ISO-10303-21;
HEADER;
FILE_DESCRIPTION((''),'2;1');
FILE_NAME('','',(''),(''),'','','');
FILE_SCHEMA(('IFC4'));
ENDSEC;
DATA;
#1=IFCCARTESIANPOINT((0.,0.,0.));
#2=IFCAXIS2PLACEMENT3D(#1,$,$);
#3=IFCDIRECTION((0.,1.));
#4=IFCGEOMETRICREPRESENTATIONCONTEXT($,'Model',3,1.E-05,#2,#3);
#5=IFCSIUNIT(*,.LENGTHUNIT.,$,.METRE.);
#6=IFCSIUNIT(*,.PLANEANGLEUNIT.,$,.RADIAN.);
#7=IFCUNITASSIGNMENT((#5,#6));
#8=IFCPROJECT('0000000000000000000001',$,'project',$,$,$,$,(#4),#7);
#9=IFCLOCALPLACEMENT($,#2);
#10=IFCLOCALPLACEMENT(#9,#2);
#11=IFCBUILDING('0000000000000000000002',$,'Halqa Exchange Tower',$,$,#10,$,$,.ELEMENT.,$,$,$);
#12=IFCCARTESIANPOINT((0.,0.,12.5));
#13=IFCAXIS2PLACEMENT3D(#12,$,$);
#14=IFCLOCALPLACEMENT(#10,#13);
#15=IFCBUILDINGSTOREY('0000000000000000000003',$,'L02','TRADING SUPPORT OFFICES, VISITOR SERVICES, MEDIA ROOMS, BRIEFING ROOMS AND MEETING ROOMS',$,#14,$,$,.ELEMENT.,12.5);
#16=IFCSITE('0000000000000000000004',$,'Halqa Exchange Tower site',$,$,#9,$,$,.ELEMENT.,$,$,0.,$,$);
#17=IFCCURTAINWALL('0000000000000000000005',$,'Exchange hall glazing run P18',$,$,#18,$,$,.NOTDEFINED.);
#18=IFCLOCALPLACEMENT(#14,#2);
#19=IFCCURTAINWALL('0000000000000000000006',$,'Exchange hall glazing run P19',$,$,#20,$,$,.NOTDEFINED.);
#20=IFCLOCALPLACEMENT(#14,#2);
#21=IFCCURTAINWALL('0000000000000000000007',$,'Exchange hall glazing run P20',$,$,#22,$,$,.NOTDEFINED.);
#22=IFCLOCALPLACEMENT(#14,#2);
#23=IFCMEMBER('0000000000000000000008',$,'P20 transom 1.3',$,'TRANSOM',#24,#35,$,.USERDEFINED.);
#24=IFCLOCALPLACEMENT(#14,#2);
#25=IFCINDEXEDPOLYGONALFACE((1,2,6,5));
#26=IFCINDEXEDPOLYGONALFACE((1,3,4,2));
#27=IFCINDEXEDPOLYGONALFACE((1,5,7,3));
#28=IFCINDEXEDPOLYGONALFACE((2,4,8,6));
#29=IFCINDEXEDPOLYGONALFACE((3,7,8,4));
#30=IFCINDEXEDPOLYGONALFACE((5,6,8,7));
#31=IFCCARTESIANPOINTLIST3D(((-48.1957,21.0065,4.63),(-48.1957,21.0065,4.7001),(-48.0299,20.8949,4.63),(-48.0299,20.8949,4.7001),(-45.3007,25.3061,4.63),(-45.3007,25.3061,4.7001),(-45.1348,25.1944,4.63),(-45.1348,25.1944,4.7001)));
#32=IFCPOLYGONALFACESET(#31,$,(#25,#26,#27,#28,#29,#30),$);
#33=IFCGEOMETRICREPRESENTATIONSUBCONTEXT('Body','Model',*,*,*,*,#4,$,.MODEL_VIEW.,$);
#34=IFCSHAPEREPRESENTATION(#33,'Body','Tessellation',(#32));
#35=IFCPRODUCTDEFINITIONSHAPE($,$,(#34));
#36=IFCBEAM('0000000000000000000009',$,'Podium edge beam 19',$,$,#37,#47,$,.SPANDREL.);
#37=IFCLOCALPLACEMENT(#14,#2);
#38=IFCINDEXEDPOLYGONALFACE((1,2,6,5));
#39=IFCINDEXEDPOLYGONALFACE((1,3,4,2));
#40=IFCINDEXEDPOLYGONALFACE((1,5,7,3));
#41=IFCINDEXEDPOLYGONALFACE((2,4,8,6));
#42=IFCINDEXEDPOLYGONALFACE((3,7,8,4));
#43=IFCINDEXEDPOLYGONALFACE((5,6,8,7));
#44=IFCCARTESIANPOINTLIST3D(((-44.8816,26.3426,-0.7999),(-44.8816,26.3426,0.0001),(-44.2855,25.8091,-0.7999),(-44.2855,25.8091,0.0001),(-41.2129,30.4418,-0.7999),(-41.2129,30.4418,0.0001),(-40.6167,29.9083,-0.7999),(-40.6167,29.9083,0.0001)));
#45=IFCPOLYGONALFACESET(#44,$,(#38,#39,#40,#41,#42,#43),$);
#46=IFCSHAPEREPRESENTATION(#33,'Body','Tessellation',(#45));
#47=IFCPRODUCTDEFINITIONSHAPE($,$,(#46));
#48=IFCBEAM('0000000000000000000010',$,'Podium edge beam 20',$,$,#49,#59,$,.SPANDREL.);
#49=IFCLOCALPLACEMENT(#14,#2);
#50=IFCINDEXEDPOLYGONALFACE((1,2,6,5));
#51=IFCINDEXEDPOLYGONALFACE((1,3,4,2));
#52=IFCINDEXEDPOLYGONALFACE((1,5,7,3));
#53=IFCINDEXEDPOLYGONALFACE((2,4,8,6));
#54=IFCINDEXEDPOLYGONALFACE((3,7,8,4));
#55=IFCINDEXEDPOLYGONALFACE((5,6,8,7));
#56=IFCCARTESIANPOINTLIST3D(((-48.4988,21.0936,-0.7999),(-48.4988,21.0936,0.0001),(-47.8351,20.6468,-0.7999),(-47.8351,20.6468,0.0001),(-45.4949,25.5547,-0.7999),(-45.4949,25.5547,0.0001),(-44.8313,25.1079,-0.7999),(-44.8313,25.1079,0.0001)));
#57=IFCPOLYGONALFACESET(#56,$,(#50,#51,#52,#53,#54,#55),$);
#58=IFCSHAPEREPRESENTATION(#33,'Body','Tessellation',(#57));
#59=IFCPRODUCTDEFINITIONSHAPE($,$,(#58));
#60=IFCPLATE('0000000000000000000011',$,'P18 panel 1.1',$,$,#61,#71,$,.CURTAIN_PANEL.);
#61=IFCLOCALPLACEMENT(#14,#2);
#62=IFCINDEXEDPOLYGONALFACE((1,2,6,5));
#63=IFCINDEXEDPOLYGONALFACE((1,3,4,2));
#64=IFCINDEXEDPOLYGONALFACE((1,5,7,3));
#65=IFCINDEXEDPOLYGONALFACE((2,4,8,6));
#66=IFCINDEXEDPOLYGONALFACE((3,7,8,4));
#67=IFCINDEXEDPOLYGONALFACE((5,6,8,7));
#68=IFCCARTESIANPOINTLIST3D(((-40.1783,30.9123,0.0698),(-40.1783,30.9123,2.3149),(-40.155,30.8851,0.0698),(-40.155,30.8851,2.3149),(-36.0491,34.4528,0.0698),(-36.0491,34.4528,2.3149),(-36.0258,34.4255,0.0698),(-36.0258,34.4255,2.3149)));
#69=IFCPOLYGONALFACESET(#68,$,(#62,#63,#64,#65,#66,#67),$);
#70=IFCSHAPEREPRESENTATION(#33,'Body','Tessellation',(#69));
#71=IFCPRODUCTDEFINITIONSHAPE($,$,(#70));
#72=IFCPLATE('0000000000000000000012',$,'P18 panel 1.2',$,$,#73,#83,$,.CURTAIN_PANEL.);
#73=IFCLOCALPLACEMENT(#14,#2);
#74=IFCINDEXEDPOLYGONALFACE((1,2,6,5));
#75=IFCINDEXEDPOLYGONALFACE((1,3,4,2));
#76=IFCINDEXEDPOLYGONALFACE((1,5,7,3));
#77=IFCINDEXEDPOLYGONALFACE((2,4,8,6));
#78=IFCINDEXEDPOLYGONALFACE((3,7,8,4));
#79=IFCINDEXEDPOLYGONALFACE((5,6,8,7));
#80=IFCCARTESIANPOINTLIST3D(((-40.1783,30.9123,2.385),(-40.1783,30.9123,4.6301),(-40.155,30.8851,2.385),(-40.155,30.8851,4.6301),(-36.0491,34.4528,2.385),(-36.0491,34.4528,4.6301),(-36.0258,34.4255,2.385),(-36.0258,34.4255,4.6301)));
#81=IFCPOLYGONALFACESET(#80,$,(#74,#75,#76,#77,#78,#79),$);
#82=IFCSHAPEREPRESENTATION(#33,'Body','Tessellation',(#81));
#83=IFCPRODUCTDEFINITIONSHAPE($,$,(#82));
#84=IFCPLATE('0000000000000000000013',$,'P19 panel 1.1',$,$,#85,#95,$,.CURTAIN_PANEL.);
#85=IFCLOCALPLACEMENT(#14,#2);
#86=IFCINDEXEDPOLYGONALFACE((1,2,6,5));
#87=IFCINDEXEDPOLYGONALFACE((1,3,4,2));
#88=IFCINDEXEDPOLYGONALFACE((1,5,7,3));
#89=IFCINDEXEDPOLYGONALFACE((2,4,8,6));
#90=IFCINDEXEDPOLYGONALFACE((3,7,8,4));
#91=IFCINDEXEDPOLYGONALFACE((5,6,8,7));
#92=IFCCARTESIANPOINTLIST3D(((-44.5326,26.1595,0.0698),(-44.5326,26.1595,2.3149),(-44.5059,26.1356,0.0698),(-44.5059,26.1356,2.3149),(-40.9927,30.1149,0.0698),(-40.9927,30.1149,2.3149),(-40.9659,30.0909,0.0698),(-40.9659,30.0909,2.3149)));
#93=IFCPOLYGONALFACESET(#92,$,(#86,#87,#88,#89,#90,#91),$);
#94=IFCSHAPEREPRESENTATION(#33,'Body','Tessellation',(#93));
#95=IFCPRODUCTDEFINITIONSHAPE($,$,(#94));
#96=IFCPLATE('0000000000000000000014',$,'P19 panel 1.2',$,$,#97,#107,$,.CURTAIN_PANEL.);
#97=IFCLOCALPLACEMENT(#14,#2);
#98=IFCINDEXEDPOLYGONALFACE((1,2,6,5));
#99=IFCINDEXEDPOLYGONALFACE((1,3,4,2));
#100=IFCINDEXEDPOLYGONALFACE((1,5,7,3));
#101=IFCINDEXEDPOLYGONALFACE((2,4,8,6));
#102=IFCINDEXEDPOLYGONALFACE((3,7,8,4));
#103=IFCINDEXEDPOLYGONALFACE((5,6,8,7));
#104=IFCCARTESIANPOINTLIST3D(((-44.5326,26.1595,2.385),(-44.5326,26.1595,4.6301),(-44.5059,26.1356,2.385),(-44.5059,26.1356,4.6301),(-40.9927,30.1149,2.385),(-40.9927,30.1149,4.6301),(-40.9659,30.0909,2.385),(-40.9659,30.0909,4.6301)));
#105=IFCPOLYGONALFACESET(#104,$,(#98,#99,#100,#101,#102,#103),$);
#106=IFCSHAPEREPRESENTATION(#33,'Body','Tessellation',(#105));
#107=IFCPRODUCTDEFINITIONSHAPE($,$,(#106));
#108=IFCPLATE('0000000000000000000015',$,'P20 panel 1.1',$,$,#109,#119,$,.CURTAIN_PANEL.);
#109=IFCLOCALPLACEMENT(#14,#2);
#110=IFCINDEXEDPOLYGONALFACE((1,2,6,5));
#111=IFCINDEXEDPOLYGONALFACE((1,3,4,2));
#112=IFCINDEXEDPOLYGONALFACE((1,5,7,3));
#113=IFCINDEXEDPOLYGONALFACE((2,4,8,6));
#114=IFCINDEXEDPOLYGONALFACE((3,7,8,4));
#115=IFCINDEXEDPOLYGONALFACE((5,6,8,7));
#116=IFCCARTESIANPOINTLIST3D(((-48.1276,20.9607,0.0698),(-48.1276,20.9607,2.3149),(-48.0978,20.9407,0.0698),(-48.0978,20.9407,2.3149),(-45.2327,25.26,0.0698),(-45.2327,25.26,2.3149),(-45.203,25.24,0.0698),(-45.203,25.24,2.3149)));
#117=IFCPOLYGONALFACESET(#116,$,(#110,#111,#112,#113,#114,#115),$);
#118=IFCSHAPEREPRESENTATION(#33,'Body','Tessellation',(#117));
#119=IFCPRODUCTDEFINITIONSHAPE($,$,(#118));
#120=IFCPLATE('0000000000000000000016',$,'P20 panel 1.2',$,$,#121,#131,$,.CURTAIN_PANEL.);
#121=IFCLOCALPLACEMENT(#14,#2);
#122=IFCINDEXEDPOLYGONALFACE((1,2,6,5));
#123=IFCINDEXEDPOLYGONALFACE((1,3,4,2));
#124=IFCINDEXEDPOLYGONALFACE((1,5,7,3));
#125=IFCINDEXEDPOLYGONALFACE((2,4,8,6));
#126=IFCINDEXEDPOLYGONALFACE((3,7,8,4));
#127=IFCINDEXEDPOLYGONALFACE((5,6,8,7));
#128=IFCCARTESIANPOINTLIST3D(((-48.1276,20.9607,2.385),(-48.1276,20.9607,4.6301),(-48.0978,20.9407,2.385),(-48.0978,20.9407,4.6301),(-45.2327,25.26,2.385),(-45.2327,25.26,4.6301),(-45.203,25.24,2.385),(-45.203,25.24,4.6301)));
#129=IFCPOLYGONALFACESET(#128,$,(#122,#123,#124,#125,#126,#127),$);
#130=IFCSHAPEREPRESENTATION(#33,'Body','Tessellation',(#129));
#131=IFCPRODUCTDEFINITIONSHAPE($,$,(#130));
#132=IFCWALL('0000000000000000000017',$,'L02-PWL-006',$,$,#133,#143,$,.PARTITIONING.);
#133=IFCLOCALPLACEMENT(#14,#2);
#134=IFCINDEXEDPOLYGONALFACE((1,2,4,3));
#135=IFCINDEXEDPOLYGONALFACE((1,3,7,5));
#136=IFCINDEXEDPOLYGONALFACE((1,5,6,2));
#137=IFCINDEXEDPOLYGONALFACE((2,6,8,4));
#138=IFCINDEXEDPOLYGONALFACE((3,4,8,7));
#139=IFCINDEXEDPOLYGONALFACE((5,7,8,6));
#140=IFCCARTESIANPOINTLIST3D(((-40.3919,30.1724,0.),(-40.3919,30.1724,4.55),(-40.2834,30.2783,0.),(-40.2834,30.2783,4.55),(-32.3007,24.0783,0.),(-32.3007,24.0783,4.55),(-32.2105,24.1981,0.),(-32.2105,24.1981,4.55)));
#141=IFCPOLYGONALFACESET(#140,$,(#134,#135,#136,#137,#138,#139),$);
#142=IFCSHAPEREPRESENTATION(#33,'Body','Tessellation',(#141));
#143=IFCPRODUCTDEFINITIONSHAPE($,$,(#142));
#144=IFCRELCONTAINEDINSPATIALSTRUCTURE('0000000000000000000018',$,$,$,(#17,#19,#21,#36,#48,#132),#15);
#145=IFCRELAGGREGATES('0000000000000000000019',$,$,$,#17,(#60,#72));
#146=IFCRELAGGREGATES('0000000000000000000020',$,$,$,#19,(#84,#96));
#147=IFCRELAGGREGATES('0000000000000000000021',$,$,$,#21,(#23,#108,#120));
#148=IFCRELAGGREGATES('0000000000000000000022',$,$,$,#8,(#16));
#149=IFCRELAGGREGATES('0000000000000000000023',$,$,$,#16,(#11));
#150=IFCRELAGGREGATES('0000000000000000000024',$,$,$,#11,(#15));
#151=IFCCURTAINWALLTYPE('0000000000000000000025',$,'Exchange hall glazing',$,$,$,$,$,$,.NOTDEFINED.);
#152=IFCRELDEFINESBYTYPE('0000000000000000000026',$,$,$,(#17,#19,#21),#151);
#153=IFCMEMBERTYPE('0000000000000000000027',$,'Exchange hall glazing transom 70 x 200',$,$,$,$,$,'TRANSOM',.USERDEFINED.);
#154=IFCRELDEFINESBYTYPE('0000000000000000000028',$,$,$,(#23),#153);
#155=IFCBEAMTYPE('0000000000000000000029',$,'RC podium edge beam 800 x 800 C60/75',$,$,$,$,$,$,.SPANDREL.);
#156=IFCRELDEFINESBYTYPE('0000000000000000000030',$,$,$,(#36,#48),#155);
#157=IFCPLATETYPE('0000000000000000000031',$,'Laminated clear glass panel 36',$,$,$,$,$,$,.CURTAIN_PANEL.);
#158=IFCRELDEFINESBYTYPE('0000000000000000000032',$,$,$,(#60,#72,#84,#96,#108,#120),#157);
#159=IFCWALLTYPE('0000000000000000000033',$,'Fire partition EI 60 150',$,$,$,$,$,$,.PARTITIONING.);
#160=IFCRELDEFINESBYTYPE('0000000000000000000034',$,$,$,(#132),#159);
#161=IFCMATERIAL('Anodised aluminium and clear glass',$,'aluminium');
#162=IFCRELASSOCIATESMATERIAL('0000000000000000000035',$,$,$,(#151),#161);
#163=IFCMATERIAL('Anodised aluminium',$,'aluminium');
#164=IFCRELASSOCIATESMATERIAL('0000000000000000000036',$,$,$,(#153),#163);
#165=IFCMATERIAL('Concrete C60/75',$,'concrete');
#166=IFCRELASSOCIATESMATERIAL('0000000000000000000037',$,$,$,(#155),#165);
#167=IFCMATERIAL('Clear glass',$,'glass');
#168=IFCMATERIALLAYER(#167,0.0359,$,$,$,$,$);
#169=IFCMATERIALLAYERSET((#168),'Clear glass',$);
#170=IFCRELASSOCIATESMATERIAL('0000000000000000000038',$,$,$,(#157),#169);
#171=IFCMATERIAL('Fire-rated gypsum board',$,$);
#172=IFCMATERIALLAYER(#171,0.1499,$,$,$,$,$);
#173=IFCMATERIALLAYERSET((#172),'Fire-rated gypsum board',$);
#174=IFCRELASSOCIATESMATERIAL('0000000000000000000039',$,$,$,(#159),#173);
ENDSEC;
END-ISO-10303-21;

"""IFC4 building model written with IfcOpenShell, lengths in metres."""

from ifc_helpers import new_model, si_unit, direction, frame, origin, origin_2d, place, context, subcontext, project, spatial, polyline, rectangle, outline, extrude, material, layer, layer_set, material_profile, profile_set, type_object, element, aggregate, save


model = new_model("IFC4")

# Units and contexts
model_context = context("Model", 3, precision=1e-05, world=origin(), true_north=direction((0.0, 1.0)))
body_context = subcontext(model_context, "Body", "Model", "MODEL_VIEW")
ifc_project = project(units=[si_unit("LENGTHUNIT", "METRE"), si_unit("PLANEANGLEUNIT", "RADIAN")], contexts=[model_context])

# Site, building, storey
site_placement = place(None, origin())
site = spatial("IfcSite", under=ifc_project, at=site_placement, Name="Halqa Exchange Tower site", CompositionType="ELEMENT", RefElevation=0.0)
building_placement = place(site_placement, origin())
building = spatial("IfcBuilding", under=site, at=building_placement, Name="Halqa Exchange Tower", CompositionType="ELEMENT")
storey_placement = place(building_placement, frame((0.0, 0.0, 12.5)))
storey = spatial("IfcBuildingStorey", under=building, at=storey_placement, Name="L02", Description="TRADING SUPPORT OFFICES, VISITOR SERVICES, MEDIA ROOMS, BRIEFING ROOMS AND MEETING ROOMS", CompositionType="ELEMENT", Elevation=12.5)

# Shared definitions
ifc_material_1 = material(Name="Concrete C60/75", Category="concrete")

# Curtain wall
ifc_material_2 = material(Name="Anodised aluminium and clear glass", Category="aluminium")
curtain_wall_type = type_object("IfcCurtainWallType", Name="Exchange hall glazing", PredefinedType="NOTDEFINED", material=ifc_material_2)
curtain_wall_1_placement = place(storey_placement, origin())
curtain_wall_1 = element("IfcCurtainWall", 1, at=curtain_wall_1_placement, inside=storey, type_object=curtain_wall_type, Name="Exchange hall glazing run P18", PredefinedType="NOTDEFINED")
ifc_material_3 = material(Name="Anodised aluminium", Category="aluminium")

# Curtain walls
curtain_wall_2_placement = place(storey_placement, origin())
curtain_wall_2 = element("IfcCurtainWall", 2, at=curtain_wall_2_placement, inside=storey, type_object=curtain_wall_type, Name="Exchange hall glazing run P19", PredefinedType="NOTDEFINED")
curtain_wall_3_placement = place(storey_placement, origin())
curtain_wall_3 = element("IfcCurtainWall", 3, at=curtain_wall_3_placement, inside=storey, type_object=curtain_wall_type, Name="Exchange hall glazing run P20", PredefinedType="NOTDEFINED")

# Member
ifc_material_profile_1 = material_profile(ifc_material_3, rectangle(XDim=0.2, YDim=0.0701, at=origin_2d()), Name="AL 70x200")
ifc_profile_set_1 = profile_set([ifc_material_profile_1], Name="Anodised aluminium")
member_type_1 = type_object("IfcMemberType", Name="Exchange hall glazing transom 70 x 200", ElementType="TRANSOM", PredefinedType="USERDEFINED", material=ifc_profile_set_1)
member_1_placement = place(storey_placement, frame((-45.2178, 25.2502, 4.665), z_axis=(-0.55852, -0.829491, 0.0), x_axis=(0.829491, -0.55852, 0.0)))
member_1 = element("IfcMember", 4, at=member_1_placement, type_object=member_type_1, Name="P20 transom 1.3", ObjectType="TRANSOM", PredefinedType="USERDEFINED", context=body_context, shape_type="SweptSolid", body=[
    extrude(rectangle(XDim=0.2, YDim=0.0701, at=origin_2d()), origin(), (0.0, 0.0, 1.0), 5.1833),
])

# Beams
ifc_material_profile_2 = material_profile(ifc_material_1, rectangle(XDim=0.8, YDim=0.8, at=origin_2d()), Name="800 x 800")
ifc_profile_set_2 = profile_set([ifc_material_profile_2], Name="Concrete C60/75")
beam_type = type_object("IfcBeamType", Name="RC podium edge beam 800 x 800 C60/75", PredefinedType="SPANDREL", material=ifc_profile_set_2)
beam_1_placement = place(storey_placement, frame((-40.9148, 30.175, -0.3999), z_axis=(-0.666903, -0.745145, 0.0), x_axis=(0.745145, -0.666903, 0.0)))
element("IfcBeam", 5, at=beam_1_placement, inside=storey, type_object=beam_type, Name="Podium edge beam 19", PredefinedType="SPANDREL", context=body_context, shape_type="SweptSolid", body=[
    extrude(rectangle(XDim=0.8, YDim=0.8, at=origin_2d()), origin(), (0.0, 0.0, 1.0), 5.5012),
])
beam_2_placement = place(storey_placement, frame((-45.1631, 25.3313, -0.3999), z_axis=(-0.558528, -0.829485, 0.0), x_axis=(0.829485, -0.558528, 0.0)))
element("IfcBeam", 6, at=beam_2_placement, inside=storey, type_object=beam_type, Name="Podium edge beam 20", PredefinedType="SPANDREL", context=body_context, shape_type="SweptSolid", body=[
    extrude(rectangle(XDim=0.8, YDim=0.8, at=origin_2d()), origin(), (0.0, 0.0, 1.0), 5.3782),
])

# Plates
ifc_material_4 = material(Name="Clear glass", Category="glass")
ifc_layer_1 = layer(ifc_material_4, 0.0359)
ifc_layer_set_1 = layer_set([ifc_layer_1], Name="Clear glass")
plate_type = type_object("IfcPlateType", Name="Laminated clear glass panel 36", PredefinedType="CURTAIN_PANEL", material=ifc_layer_set_1)
plate_1_placement = place(storey_placement, frame((-38.1021, 32.6689, 0.0698), z_axis=(0.0, 0.0, 1.0), x_axis=(-0.759154, -0.650911, 0.0)))
plate_1 = element("IfcPlate", 7, at=plate_1_placement, type_object=plate_type, Name="P18 panel 1.1", PredefinedType="CURTAIN_PANEL", context=body_context, shape_type="SweptSolid", body=[
    extrude(rectangle(XDim=5.4392, YDim=0.0359, at=origin_2d()), origin(), (0.0, 0.0, 1.0), 2.2451),
])
plate_2_placement = place(storey_placement, frame((-38.1021, 32.6689, 2.385), z_axis=(0.0, 0.0, 1.0), x_axis=(-0.759154, -0.650911, 0.0)))
plate_2 = element("IfcPlate", 8, at=plate_2_placement, type_object=plate_type, Name="P18 panel 1.2", PredefinedType="CURTAIN_PANEL", context=body_context, shape_type="SweptSolid", body=[
    extrude(rectangle(XDim=5.4392, YDim=0.0359, at=origin_2d()), origin(), (0.0, 0.0, 1.0), 2.2451),
])
aggregate(curtain_wall_1, [plate_1, plate_2])
plate_3_placement = place(storey_placement, frame((-42.7493, 28.1252, 0.0698), z_axis=(0.0, 0.0, 1.0), x_axis=(-0.666899, -0.745148, 0.0)))
plate_3 = element("IfcPlate", 9, at=plate_3_placement, type_object=plate_type, Name="P19 panel 1.1", PredefinedType="CURTAIN_PANEL", context=body_context, shape_type="SweptSolid", body=[
    extrude(rectangle(XDim=5.3081, YDim=0.0359, at=origin_2d()), origin(), (0.0, 0.0, 1.0), 2.2451),
])
plate_4_placement = place(storey_placement, frame((-42.7493, 28.1252, 2.385), z_axis=(0.0, 0.0, 1.0), x_axis=(-0.666899, -0.745148, 0.0)))
plate_4 = element("IfcPlate", 10, at=plate_4_placement, type_object=plate_type, Name="P19 panel 1.2", PredefinedType="CURTAIN_PANEL", context=body_context, shape_type="SweptSolid", body=[
    extrude(rectangle(XDim=5.3081, YDim=0.0359, at=origin_2d()), origin(), (0.0, 0.0, 1.0), 2.2451),
])
aggregate(curtain_wall_2, [plate_3, plate_4])
plate_5_placement = place(storey_placement, frame((-46.6653, 23.1003, 0.0698), z_axis=(0.0, 0.0, 1.0), x_axis=(-0.558522, -0.82949, 0.0)))
plate_5 = element("IfcPlate", 11, at=plate_5_placement, type_object=plate_type, Name="P20 panel 1.1", PredefinedType="CURTAIN_PANEL", context=body_context, shape_type="SweptSolid", body=[
    extrude(rectangle(XDim=5.1831, YDim=0.0359, at=origin_2d()), origin(), (0.0, 0.0, 1.0), 2.2451),
])
plate_6_placement = place(storey_placement, frame((-46.6653, 23.1003, 2.385), z_axis=(0.0, 0.0, 1.0), x_axis=(-0.558522, -0.82949, 0.0)))
plate_6 = element("IfcPlate", 12, at=plate_6_placement, type_object=plate_type, Name="P20 panel 1.2", PredefinedType="CURTAIN_PANEL", context=body_context, shape_type="SweptSolid", body=[
    extrude(rectangle(XDim=5.1831, YDim=0.0359, at=origin_2d()), origin(), (0.0, 0.0, 1.0), 2.2451),
])
aggregate(curtain_wall_3, [member_1, plate_5, plate_6])

# Wall
ifc_material_5 = material(Name="Fire-rated gypsum board")
ifc_layer_2 = layer(ifc_material_5, 0.1499)
ifc_layer_set_2 = layer_set([ifc_layer_2], Name="Fire-rated gypsum board")
wall_type = type_object("IfcWallType", Name="Fire partition EI 60 150", PredefinedType="PARTITIONING", material=ifc_layer_set_2)
wall_placement = place(storey_placement, frame((-40.3376, 30.2253, 0.0), z_axis=(0.0, 0.0, 1.0), x_axis=(0.798782, -0.60162, 0.0)))
element("IfcWall", 13, at=wall_placement, inside=storey, type_object=wall_type, Name="L02-PWL-006", PredefinedType="PARTITIONING", context=body_context, shape_type="SweptSolid", body=[
    extrude(outline(polyline([(-0.0115, -0.075), (10.1179, -0.075), (10.1179, 0.075), (0.0115, 0.075), (-0.0115, -0.075)])), origin(), (0.0, 0.0, 1.0), 4.55),
])

save(model, "model.ifc")
